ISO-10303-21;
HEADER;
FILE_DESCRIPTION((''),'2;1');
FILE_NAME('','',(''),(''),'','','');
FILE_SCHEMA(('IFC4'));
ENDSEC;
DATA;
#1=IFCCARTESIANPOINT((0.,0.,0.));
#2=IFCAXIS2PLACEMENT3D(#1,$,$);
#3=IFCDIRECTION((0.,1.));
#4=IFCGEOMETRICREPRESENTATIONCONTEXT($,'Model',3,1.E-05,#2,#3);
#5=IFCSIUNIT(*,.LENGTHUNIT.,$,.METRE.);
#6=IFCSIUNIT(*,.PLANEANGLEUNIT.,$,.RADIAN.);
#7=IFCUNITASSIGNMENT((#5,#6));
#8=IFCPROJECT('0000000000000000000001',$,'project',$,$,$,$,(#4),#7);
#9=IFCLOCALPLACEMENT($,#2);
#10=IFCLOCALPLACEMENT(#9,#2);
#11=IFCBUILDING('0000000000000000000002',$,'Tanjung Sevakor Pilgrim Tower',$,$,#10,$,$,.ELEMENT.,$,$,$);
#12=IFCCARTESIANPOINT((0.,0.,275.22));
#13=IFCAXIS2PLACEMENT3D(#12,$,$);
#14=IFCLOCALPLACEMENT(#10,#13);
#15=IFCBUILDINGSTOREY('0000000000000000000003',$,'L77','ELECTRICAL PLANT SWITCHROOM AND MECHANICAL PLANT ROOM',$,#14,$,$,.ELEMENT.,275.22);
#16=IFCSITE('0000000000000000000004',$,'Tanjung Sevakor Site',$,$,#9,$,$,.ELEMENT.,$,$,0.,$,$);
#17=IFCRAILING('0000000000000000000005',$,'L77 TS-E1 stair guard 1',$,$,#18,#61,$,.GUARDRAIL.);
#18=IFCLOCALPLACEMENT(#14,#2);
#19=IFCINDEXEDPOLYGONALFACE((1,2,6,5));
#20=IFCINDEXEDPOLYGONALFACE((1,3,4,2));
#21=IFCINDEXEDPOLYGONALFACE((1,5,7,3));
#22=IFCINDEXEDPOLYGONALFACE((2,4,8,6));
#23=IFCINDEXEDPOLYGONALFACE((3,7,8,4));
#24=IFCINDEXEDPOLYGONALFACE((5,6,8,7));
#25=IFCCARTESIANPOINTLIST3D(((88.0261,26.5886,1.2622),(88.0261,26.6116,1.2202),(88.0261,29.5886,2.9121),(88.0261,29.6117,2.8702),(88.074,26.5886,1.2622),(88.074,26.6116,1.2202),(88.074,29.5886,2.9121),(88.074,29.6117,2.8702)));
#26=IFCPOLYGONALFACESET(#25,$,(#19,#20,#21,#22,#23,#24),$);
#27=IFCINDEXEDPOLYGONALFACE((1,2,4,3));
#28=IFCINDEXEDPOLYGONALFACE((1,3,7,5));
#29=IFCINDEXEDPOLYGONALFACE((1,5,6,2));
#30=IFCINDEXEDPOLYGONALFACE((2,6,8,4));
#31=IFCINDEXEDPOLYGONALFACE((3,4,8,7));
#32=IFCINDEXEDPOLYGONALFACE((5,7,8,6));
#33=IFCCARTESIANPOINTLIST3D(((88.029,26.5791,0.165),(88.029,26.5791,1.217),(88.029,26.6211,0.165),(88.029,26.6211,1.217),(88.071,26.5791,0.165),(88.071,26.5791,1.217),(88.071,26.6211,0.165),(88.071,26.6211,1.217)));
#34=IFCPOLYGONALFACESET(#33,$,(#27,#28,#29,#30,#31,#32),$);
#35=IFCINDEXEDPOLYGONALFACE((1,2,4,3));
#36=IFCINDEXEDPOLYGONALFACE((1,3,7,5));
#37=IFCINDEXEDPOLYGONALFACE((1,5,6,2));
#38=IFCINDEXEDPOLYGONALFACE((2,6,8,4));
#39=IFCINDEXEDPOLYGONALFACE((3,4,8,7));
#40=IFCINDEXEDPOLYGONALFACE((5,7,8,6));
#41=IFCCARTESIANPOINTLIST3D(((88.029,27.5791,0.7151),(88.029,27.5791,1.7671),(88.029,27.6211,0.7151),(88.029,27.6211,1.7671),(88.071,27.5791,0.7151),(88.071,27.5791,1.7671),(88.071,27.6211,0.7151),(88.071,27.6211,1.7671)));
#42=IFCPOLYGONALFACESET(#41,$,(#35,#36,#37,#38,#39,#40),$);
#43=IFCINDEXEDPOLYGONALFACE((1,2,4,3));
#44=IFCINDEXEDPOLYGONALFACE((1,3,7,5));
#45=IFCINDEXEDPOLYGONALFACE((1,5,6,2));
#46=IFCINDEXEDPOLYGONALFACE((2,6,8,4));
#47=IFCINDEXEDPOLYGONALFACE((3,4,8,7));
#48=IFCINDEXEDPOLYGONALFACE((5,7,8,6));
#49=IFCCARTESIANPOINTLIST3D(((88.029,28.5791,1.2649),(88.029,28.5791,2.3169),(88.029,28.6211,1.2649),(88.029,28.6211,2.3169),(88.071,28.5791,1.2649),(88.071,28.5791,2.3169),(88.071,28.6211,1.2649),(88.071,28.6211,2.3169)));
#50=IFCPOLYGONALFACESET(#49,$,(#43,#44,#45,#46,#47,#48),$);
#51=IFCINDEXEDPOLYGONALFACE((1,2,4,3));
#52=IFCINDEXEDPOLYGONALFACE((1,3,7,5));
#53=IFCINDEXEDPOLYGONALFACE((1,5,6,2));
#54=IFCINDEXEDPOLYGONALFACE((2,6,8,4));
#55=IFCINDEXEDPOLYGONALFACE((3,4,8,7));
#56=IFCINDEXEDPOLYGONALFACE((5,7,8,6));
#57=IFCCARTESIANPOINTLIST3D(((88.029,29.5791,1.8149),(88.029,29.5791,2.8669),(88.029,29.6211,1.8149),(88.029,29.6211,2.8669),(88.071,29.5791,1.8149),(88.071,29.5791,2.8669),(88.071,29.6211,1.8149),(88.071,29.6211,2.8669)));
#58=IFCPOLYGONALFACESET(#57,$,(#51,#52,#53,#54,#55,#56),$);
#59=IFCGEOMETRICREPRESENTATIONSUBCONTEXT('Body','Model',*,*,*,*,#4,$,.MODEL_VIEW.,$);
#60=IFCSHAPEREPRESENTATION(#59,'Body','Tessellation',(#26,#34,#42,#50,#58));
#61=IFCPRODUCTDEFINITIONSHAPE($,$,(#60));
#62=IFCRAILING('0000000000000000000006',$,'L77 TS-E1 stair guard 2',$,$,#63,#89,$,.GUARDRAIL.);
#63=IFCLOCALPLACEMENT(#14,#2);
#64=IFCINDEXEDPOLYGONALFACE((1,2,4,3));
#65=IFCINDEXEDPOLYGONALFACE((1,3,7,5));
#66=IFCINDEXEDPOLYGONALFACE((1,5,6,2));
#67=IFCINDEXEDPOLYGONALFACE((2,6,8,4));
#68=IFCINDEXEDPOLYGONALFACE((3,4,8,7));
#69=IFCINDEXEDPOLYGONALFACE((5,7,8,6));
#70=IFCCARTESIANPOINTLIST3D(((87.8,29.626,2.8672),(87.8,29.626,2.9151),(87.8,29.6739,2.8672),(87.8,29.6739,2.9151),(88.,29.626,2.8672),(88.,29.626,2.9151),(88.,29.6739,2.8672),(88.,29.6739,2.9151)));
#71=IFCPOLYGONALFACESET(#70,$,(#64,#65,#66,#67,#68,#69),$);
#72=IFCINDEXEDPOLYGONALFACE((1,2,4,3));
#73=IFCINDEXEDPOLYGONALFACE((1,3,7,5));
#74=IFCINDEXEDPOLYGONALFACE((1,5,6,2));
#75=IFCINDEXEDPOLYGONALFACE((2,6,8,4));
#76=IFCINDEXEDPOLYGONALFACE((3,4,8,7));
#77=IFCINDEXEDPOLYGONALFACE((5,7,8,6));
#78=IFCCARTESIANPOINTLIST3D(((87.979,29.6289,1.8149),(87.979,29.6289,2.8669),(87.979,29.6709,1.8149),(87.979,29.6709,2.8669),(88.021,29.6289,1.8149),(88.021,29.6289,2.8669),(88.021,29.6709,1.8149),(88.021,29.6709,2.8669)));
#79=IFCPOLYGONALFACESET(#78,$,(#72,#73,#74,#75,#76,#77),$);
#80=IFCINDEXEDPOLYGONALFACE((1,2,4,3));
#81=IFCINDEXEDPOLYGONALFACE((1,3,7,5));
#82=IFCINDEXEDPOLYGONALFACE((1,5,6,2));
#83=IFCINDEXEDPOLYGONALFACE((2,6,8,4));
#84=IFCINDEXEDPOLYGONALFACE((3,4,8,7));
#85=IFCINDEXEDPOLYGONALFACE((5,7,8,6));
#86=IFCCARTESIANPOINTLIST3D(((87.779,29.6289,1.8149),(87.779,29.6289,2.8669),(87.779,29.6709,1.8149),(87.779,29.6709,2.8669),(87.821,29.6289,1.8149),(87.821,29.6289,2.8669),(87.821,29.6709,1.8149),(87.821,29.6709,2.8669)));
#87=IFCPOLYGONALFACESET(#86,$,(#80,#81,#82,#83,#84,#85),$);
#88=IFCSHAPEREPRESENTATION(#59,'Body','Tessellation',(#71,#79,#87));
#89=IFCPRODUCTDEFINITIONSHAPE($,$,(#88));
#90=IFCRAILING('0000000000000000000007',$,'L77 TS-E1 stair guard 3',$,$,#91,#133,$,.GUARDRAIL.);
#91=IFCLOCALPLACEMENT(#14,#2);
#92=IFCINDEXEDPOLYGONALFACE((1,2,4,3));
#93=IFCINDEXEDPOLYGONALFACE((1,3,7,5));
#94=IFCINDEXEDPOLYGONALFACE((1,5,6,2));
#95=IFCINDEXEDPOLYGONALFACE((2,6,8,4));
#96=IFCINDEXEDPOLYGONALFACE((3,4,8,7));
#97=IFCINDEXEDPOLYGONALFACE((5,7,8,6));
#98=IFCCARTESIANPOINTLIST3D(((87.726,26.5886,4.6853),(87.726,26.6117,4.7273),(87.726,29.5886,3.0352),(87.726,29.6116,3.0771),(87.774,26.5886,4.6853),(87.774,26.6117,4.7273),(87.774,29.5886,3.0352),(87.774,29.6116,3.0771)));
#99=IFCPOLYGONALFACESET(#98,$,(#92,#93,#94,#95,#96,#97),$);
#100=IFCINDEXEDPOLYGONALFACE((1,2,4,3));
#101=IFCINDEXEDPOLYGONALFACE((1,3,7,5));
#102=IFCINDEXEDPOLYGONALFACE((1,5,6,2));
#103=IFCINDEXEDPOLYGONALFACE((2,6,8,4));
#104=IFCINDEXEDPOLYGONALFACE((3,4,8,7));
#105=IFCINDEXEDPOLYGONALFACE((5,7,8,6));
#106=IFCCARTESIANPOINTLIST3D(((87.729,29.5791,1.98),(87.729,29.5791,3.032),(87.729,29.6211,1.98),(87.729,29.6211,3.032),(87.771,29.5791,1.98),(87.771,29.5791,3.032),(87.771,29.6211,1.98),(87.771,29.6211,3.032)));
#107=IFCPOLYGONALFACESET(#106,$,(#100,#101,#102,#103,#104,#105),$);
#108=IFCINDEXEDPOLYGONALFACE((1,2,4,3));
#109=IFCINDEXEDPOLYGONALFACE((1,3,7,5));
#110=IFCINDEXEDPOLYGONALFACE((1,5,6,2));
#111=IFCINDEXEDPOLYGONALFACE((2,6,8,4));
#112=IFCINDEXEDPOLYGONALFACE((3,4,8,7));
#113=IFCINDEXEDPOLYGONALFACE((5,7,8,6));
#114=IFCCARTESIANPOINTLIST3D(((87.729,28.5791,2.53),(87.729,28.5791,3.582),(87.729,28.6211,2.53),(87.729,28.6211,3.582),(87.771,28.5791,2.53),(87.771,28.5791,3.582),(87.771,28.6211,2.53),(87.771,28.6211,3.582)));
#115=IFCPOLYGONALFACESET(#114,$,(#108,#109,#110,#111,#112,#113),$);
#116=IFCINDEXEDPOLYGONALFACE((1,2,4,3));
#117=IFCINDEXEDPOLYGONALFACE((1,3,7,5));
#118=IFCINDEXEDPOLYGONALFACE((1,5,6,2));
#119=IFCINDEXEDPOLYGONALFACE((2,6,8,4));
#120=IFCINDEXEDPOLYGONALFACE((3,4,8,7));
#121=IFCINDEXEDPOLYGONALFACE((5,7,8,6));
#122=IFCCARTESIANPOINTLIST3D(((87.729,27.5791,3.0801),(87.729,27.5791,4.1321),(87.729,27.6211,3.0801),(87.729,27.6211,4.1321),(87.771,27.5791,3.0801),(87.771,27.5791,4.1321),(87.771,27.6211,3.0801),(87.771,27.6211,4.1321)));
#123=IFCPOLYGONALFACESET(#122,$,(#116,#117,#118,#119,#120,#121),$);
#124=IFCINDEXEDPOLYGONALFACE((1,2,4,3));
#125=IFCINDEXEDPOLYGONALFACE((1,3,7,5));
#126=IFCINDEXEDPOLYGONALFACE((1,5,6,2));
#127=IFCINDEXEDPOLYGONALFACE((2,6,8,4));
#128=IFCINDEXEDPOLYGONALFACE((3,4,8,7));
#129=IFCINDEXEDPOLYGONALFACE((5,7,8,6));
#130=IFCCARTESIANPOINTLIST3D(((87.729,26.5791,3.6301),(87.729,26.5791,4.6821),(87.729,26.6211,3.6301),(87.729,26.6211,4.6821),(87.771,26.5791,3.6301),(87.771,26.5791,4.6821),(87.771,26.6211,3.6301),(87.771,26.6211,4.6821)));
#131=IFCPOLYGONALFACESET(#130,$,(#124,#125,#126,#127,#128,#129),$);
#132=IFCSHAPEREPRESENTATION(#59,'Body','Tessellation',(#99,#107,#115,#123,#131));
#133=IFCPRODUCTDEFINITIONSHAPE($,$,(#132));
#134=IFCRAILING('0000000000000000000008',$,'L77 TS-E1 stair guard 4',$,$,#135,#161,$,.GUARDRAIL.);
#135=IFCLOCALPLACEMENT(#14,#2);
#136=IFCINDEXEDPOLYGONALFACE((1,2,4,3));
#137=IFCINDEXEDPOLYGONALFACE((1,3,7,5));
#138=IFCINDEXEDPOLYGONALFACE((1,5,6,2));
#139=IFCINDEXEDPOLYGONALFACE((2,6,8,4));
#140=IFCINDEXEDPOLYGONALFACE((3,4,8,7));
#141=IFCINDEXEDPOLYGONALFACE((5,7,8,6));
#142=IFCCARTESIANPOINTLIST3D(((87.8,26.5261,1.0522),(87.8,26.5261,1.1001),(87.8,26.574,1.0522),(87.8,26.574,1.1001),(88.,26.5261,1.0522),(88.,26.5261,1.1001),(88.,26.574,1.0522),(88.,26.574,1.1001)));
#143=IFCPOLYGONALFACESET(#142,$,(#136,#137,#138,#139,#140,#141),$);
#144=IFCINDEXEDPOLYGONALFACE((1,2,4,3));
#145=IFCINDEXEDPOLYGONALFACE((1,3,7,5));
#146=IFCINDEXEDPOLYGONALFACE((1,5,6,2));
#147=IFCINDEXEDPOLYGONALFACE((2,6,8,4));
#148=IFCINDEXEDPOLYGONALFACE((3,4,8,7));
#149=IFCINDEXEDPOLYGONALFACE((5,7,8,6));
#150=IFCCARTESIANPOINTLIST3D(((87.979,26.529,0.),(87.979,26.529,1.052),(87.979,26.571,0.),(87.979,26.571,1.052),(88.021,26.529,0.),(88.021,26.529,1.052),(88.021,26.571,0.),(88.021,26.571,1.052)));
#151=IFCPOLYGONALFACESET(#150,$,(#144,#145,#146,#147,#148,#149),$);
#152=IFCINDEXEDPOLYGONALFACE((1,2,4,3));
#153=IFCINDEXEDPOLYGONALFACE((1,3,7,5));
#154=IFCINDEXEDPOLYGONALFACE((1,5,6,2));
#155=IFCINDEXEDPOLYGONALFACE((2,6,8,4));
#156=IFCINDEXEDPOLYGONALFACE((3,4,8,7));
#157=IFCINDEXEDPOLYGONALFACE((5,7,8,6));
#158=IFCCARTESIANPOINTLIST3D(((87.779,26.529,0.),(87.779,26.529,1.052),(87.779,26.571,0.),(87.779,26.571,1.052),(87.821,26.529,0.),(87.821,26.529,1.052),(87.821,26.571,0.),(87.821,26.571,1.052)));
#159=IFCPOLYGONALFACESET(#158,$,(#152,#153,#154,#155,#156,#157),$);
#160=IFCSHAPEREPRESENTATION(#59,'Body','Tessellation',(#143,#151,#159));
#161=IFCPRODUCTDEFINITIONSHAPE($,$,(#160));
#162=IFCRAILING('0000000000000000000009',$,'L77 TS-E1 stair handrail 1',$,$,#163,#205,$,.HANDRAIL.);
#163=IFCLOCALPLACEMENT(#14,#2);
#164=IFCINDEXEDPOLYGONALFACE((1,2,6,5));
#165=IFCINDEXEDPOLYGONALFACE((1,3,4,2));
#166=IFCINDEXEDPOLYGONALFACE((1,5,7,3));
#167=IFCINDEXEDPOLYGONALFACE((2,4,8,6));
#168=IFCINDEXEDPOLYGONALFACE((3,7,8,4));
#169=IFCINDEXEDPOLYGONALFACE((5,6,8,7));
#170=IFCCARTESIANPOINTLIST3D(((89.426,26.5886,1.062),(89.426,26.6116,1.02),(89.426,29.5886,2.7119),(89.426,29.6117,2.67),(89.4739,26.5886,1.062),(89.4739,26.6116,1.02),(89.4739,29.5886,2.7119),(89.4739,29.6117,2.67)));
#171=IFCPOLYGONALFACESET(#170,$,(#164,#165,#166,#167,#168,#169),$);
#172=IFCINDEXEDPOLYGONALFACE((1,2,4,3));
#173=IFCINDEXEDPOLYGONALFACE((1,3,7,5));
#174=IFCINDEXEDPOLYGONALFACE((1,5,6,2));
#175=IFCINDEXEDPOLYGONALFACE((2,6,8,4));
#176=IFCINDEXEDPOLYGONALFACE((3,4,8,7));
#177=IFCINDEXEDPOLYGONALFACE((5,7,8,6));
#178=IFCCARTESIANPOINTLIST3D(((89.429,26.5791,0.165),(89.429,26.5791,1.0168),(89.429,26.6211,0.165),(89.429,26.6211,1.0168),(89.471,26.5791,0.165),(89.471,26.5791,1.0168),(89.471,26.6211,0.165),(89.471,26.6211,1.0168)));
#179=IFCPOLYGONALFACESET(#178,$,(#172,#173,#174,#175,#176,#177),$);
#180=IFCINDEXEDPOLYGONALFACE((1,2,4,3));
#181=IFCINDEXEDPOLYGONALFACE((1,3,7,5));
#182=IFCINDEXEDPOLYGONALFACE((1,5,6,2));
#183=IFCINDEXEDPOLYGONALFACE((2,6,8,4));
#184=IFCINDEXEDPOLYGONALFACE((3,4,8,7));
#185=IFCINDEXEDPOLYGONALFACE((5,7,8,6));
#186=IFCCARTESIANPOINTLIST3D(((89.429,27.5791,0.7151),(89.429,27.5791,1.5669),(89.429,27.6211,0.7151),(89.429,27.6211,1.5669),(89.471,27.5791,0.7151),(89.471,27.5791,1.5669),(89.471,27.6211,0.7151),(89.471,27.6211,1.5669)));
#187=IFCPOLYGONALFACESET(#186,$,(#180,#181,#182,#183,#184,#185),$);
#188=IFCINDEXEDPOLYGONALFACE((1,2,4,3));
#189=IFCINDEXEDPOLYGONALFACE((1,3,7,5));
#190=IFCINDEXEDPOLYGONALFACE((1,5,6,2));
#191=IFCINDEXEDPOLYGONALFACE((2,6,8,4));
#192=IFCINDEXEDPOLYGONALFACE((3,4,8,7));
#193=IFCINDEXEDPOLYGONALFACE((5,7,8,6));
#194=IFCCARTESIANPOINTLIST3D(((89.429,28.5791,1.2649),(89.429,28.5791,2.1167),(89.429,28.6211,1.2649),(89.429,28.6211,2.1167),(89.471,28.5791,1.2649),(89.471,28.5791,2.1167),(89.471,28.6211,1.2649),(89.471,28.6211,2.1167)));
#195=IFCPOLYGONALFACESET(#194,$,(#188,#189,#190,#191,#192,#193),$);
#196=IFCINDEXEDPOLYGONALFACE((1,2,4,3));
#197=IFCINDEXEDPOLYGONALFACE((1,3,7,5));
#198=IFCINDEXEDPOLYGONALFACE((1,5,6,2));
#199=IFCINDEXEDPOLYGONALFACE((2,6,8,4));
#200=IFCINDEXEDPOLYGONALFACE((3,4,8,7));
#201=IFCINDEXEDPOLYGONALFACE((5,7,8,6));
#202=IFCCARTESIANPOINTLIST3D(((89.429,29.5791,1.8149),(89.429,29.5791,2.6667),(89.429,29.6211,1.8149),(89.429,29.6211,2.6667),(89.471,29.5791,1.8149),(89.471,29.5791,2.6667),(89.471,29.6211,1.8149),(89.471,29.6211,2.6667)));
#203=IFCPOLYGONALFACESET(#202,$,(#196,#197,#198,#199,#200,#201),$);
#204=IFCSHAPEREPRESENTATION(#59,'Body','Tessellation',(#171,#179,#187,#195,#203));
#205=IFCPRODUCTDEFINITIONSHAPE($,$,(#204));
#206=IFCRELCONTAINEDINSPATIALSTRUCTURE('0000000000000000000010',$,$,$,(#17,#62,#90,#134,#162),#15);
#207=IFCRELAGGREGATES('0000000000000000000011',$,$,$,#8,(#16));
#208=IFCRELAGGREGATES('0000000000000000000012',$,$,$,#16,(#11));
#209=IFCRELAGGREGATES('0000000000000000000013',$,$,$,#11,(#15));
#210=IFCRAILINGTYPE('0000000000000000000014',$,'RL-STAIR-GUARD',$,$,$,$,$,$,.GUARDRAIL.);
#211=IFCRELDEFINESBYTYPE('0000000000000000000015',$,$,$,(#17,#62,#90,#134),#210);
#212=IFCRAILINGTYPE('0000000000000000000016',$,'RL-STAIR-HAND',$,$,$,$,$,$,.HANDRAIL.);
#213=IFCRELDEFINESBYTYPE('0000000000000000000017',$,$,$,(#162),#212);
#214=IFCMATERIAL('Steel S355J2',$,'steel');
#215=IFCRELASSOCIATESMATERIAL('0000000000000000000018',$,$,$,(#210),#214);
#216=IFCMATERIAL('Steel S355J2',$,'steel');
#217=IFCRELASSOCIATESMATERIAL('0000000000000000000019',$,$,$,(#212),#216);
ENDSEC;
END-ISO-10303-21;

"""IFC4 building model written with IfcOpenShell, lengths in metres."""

from ifc_helpers import new_model, si_unit, direction, frame, origin, place, context, subcontext, project, spatial, rectangle, extrude, material, type_object, element, save


model = new_model("IFC4")

# Units and contexts
model_context = context("Model", 3, precision=1e-05, world=origin(), true_north=direction((0.0, 1.0)))
body_context = subcontext(model_context, "Body", "Model", "MODEL_VIEW")
ifc_project = project(units=[si_unit("LENGTHUNIT", "METRE"), si_unit("PLANEANGLEUNIT", "RADIAN")], contexts=[model_context])

# Site, building, storey
site_placement = place(None, origin())
site = spatial("IfcSite", under=ifc_project, at=site_placement, Name="Tanjung Sevakor Site", CompositionType="ELEMENT", RefElevation=0.0)
building_placement = place(site_placement, origin())
building = spatial("IfcBuilding", under=site, at=building_placement, Name="Tanjung Sevakor Pilgrim Tower", CompositionType="ELEMENT")
storey_placement = place(building_placement, frame((0.0, 0.0, 275.22)))
storey = spatial("IfcBuildingStorey", under=building, at=storey_placement, Name="L77", Description="ELECTRICAL PLANT SWITCHROOM AND MECHANICAL PLANT ROOM", CompositionType="ELEMENT", Elevation=275.22)

# Railings
ifc_material_1 = material(Name="Steel S355J2", Category="steel")
railing_type_1 = type_object("IfcRailingType", Name="RL-STAIR-GUARD", PredefinedType="GUARDRAIL", material=ifc_material_1)
railing_1_placement = place(storey_placement, frame((88.05, 26.6001, 0.165)))
element("IfcRailing", 1, at=railing_1_placement, inside=storey, type_object=railing_type_1, Name="L77 TS-E1 stair guard 1", PredefinedType="GUARDRAIL", context=body_context, shape_type="SweptSolid", body=[
    extrude(rectangle(XDim=0.0479, YDim=0.0479), frame((0.0, 0.0, 1.0762), z_axis=(0.0, 0.876228, 0.481897), x_axis=(-1.0, 0.0, 0.0)), (0.0, 0.0, 1.0), 3.4238),
    extrude(rectangle(XDim=0.042, YDim=0.042), origin(), (0.0, 0.0, 1.0), 1.052),
    extrude(rectangle(XDim=0.042, YDim=0.042), frame((0.0, 1.0, 0.55)), (0.0, 0.0, 1.0), 1.052),
    extrude(rectangle(XDim=0.042, YDim=0.042), frame((0.0, 2.0, 1.0999)), (0.0, 0.0, 1.0), 1.052),
    extrude(rectangle(XDim=0.042, YDim=0.042), frame((0.0, 3.0, 1.6499)), (0.0, 0.0, 1.0), 1.052),
])
railing_2_placement = place(storey_placement, frame((88.0, 29.6499, 1.8149)))
element("IfcRailing", 2, at=railing_2_placement, inside=storey, type_object=railing_type_1, Name="L77 TS-E1 stair guard 2", PredefinedType="GUARDRAIL", context=body_context, shape_type="SweptSolid", body=[
    extrude(rectangle(XDim=0.0479, YDim=0.0479), frame((0.0, 0.0, 1.0762), z_axis=(-1.0, 0.0, 0.0), x_axis=(0.0, -1.0, 0.0)), (0.0, 0.0, 1.0), 0.2),
    extrude(rectangle(XDim=0.042, YDim=0.042), origin(), (0.0, 0.0, 1.0), 1.052),
    extrude(rectangle(XDim=0.042, YDim=0.042), frame((-0.2, 0.0, 0.0)), (0.0, 0.0, 1.0), 1.052),
])
railing_3_placement = place(storey_placement, frame((87.75, 29.6001, 1.98)))
element("IfcRailing", 3, at=railing_3_placement, inside=storey, type_object=railing_type_1, Name="L77 TS-E1 stair guard 3", PredefinedType="GUARDRAIL", context=body_context, shape_type="SweptSolid", body=[
    extrude(rectangle(XDim=0.0479, YDim=0.0479), frame((0.0, 0.0, 1.0762), z_axis=(0.0, -0.876198, 0.481952), x_axis=(1.0, 0.0, 0.0)), (0.0, 0.0, 1.0), 3.4238),
    extrude(rectangle(XDim=0.042, YDim=0.042), origin(), (0.0, 0.0, 1.0), 1.052),
    extrude(rectangle(XDim=0.042, YDim=0.042), frame((0.0, -1.0, 0.55)), (0.0, 0.0, 1.0), 1.052),
    extrude(rectangle(XDim=0.042, YDim=0.042), frame((0.0, -2.0, 1.1001)), (0.0, 0.0, 1.0), 1.052),
    extrude(rectangle(XDim=0.042, YDim=0.042), frame((0.0, -3.0, 1.6501)), (0.0, 0.0, 1.0), 1.052),
])
railing_4_placement = place(storey_placement, frame((88.0, 26.55, 0.0)))
element("IfcRailing", 4, at=railing_4_placement, inside=storey, type_object=railing_type_1, Name="L77 TS-E1 stair guard 4", PredefinedType="GUARDRAIL", context=body_context, shape_type="SweptSolid", body=[
    extrude(rectangle(XDim=0.0479, YDim=0.0479), frame((0.0, 0.0, 1.0762), z_axis=(-1.0, 0.0, 0.0), x_axis=(0.0, -1.0, 0.0)), (0.0, 0.0, 1.0), 0.2),
    extrude(rectangle(XDim=0.042, YDim=0.042), origin(), (0.0, 0.0, 1.0), 1.052),
    extrude(rectangle(XDim=0.042, YDim=0.042), frame((-0.2, 0.0, 0.0)), (0.0, 0.0, 1.0), 1.052),
])
ifc_material_2 = material(Name="Steel S355J2", Category="steel")
railing_type_2 = type_object("IfcRailingType", Name="RL-STAIR-HAND", PredefinedType="HANDRAIL", material=ifc_material_2)
railing_5_placement = place(storey_placement, frame((89.45, 26.6001, 0.165)))
element("IfcRailing", 5, at=railing_5_placement, inside=storey, type_object=railing_type_2, Name="L77 TS-E1 stair handrail 1", PredefinedType="HANDRAIL", context=body_context, shape_type="SweptSolid", body=[
    extrude(rectangle(XDim=0.0479, YDim=0.0479), frame((0.0, 0.0, 0.876), z_axis=(0.0, 0.876228, 0.481897), x_axis=(-1.0, 0.0, 0.0)), (0.0, 0.0, 1.0), 3.4238),
    extrude(rectangle(XDim=0.042, YDim=0.042), origin(), (0.0, 0.0, 1.0), 0.8518),
    extrude(rectangle(XDim=0.042, YDim=0.042), frame((0.0, 1.0, 0.55)), (0.0, 0.0, 1.0), 0.8518),
    extrude(rectangle(XDim=0.042, YDim=0.042), frame((0.0, 2.0, 1.0999)), (0.0, 0.0, 1.0), 0.8518),
    extrude(rectangle(XDim=0.042, YDim=0.042), frame((0.0, 3.0, 1.6499)), (0.0, 0.0, 1.0), 0.8518),
])

save(model, "model.ifc")
